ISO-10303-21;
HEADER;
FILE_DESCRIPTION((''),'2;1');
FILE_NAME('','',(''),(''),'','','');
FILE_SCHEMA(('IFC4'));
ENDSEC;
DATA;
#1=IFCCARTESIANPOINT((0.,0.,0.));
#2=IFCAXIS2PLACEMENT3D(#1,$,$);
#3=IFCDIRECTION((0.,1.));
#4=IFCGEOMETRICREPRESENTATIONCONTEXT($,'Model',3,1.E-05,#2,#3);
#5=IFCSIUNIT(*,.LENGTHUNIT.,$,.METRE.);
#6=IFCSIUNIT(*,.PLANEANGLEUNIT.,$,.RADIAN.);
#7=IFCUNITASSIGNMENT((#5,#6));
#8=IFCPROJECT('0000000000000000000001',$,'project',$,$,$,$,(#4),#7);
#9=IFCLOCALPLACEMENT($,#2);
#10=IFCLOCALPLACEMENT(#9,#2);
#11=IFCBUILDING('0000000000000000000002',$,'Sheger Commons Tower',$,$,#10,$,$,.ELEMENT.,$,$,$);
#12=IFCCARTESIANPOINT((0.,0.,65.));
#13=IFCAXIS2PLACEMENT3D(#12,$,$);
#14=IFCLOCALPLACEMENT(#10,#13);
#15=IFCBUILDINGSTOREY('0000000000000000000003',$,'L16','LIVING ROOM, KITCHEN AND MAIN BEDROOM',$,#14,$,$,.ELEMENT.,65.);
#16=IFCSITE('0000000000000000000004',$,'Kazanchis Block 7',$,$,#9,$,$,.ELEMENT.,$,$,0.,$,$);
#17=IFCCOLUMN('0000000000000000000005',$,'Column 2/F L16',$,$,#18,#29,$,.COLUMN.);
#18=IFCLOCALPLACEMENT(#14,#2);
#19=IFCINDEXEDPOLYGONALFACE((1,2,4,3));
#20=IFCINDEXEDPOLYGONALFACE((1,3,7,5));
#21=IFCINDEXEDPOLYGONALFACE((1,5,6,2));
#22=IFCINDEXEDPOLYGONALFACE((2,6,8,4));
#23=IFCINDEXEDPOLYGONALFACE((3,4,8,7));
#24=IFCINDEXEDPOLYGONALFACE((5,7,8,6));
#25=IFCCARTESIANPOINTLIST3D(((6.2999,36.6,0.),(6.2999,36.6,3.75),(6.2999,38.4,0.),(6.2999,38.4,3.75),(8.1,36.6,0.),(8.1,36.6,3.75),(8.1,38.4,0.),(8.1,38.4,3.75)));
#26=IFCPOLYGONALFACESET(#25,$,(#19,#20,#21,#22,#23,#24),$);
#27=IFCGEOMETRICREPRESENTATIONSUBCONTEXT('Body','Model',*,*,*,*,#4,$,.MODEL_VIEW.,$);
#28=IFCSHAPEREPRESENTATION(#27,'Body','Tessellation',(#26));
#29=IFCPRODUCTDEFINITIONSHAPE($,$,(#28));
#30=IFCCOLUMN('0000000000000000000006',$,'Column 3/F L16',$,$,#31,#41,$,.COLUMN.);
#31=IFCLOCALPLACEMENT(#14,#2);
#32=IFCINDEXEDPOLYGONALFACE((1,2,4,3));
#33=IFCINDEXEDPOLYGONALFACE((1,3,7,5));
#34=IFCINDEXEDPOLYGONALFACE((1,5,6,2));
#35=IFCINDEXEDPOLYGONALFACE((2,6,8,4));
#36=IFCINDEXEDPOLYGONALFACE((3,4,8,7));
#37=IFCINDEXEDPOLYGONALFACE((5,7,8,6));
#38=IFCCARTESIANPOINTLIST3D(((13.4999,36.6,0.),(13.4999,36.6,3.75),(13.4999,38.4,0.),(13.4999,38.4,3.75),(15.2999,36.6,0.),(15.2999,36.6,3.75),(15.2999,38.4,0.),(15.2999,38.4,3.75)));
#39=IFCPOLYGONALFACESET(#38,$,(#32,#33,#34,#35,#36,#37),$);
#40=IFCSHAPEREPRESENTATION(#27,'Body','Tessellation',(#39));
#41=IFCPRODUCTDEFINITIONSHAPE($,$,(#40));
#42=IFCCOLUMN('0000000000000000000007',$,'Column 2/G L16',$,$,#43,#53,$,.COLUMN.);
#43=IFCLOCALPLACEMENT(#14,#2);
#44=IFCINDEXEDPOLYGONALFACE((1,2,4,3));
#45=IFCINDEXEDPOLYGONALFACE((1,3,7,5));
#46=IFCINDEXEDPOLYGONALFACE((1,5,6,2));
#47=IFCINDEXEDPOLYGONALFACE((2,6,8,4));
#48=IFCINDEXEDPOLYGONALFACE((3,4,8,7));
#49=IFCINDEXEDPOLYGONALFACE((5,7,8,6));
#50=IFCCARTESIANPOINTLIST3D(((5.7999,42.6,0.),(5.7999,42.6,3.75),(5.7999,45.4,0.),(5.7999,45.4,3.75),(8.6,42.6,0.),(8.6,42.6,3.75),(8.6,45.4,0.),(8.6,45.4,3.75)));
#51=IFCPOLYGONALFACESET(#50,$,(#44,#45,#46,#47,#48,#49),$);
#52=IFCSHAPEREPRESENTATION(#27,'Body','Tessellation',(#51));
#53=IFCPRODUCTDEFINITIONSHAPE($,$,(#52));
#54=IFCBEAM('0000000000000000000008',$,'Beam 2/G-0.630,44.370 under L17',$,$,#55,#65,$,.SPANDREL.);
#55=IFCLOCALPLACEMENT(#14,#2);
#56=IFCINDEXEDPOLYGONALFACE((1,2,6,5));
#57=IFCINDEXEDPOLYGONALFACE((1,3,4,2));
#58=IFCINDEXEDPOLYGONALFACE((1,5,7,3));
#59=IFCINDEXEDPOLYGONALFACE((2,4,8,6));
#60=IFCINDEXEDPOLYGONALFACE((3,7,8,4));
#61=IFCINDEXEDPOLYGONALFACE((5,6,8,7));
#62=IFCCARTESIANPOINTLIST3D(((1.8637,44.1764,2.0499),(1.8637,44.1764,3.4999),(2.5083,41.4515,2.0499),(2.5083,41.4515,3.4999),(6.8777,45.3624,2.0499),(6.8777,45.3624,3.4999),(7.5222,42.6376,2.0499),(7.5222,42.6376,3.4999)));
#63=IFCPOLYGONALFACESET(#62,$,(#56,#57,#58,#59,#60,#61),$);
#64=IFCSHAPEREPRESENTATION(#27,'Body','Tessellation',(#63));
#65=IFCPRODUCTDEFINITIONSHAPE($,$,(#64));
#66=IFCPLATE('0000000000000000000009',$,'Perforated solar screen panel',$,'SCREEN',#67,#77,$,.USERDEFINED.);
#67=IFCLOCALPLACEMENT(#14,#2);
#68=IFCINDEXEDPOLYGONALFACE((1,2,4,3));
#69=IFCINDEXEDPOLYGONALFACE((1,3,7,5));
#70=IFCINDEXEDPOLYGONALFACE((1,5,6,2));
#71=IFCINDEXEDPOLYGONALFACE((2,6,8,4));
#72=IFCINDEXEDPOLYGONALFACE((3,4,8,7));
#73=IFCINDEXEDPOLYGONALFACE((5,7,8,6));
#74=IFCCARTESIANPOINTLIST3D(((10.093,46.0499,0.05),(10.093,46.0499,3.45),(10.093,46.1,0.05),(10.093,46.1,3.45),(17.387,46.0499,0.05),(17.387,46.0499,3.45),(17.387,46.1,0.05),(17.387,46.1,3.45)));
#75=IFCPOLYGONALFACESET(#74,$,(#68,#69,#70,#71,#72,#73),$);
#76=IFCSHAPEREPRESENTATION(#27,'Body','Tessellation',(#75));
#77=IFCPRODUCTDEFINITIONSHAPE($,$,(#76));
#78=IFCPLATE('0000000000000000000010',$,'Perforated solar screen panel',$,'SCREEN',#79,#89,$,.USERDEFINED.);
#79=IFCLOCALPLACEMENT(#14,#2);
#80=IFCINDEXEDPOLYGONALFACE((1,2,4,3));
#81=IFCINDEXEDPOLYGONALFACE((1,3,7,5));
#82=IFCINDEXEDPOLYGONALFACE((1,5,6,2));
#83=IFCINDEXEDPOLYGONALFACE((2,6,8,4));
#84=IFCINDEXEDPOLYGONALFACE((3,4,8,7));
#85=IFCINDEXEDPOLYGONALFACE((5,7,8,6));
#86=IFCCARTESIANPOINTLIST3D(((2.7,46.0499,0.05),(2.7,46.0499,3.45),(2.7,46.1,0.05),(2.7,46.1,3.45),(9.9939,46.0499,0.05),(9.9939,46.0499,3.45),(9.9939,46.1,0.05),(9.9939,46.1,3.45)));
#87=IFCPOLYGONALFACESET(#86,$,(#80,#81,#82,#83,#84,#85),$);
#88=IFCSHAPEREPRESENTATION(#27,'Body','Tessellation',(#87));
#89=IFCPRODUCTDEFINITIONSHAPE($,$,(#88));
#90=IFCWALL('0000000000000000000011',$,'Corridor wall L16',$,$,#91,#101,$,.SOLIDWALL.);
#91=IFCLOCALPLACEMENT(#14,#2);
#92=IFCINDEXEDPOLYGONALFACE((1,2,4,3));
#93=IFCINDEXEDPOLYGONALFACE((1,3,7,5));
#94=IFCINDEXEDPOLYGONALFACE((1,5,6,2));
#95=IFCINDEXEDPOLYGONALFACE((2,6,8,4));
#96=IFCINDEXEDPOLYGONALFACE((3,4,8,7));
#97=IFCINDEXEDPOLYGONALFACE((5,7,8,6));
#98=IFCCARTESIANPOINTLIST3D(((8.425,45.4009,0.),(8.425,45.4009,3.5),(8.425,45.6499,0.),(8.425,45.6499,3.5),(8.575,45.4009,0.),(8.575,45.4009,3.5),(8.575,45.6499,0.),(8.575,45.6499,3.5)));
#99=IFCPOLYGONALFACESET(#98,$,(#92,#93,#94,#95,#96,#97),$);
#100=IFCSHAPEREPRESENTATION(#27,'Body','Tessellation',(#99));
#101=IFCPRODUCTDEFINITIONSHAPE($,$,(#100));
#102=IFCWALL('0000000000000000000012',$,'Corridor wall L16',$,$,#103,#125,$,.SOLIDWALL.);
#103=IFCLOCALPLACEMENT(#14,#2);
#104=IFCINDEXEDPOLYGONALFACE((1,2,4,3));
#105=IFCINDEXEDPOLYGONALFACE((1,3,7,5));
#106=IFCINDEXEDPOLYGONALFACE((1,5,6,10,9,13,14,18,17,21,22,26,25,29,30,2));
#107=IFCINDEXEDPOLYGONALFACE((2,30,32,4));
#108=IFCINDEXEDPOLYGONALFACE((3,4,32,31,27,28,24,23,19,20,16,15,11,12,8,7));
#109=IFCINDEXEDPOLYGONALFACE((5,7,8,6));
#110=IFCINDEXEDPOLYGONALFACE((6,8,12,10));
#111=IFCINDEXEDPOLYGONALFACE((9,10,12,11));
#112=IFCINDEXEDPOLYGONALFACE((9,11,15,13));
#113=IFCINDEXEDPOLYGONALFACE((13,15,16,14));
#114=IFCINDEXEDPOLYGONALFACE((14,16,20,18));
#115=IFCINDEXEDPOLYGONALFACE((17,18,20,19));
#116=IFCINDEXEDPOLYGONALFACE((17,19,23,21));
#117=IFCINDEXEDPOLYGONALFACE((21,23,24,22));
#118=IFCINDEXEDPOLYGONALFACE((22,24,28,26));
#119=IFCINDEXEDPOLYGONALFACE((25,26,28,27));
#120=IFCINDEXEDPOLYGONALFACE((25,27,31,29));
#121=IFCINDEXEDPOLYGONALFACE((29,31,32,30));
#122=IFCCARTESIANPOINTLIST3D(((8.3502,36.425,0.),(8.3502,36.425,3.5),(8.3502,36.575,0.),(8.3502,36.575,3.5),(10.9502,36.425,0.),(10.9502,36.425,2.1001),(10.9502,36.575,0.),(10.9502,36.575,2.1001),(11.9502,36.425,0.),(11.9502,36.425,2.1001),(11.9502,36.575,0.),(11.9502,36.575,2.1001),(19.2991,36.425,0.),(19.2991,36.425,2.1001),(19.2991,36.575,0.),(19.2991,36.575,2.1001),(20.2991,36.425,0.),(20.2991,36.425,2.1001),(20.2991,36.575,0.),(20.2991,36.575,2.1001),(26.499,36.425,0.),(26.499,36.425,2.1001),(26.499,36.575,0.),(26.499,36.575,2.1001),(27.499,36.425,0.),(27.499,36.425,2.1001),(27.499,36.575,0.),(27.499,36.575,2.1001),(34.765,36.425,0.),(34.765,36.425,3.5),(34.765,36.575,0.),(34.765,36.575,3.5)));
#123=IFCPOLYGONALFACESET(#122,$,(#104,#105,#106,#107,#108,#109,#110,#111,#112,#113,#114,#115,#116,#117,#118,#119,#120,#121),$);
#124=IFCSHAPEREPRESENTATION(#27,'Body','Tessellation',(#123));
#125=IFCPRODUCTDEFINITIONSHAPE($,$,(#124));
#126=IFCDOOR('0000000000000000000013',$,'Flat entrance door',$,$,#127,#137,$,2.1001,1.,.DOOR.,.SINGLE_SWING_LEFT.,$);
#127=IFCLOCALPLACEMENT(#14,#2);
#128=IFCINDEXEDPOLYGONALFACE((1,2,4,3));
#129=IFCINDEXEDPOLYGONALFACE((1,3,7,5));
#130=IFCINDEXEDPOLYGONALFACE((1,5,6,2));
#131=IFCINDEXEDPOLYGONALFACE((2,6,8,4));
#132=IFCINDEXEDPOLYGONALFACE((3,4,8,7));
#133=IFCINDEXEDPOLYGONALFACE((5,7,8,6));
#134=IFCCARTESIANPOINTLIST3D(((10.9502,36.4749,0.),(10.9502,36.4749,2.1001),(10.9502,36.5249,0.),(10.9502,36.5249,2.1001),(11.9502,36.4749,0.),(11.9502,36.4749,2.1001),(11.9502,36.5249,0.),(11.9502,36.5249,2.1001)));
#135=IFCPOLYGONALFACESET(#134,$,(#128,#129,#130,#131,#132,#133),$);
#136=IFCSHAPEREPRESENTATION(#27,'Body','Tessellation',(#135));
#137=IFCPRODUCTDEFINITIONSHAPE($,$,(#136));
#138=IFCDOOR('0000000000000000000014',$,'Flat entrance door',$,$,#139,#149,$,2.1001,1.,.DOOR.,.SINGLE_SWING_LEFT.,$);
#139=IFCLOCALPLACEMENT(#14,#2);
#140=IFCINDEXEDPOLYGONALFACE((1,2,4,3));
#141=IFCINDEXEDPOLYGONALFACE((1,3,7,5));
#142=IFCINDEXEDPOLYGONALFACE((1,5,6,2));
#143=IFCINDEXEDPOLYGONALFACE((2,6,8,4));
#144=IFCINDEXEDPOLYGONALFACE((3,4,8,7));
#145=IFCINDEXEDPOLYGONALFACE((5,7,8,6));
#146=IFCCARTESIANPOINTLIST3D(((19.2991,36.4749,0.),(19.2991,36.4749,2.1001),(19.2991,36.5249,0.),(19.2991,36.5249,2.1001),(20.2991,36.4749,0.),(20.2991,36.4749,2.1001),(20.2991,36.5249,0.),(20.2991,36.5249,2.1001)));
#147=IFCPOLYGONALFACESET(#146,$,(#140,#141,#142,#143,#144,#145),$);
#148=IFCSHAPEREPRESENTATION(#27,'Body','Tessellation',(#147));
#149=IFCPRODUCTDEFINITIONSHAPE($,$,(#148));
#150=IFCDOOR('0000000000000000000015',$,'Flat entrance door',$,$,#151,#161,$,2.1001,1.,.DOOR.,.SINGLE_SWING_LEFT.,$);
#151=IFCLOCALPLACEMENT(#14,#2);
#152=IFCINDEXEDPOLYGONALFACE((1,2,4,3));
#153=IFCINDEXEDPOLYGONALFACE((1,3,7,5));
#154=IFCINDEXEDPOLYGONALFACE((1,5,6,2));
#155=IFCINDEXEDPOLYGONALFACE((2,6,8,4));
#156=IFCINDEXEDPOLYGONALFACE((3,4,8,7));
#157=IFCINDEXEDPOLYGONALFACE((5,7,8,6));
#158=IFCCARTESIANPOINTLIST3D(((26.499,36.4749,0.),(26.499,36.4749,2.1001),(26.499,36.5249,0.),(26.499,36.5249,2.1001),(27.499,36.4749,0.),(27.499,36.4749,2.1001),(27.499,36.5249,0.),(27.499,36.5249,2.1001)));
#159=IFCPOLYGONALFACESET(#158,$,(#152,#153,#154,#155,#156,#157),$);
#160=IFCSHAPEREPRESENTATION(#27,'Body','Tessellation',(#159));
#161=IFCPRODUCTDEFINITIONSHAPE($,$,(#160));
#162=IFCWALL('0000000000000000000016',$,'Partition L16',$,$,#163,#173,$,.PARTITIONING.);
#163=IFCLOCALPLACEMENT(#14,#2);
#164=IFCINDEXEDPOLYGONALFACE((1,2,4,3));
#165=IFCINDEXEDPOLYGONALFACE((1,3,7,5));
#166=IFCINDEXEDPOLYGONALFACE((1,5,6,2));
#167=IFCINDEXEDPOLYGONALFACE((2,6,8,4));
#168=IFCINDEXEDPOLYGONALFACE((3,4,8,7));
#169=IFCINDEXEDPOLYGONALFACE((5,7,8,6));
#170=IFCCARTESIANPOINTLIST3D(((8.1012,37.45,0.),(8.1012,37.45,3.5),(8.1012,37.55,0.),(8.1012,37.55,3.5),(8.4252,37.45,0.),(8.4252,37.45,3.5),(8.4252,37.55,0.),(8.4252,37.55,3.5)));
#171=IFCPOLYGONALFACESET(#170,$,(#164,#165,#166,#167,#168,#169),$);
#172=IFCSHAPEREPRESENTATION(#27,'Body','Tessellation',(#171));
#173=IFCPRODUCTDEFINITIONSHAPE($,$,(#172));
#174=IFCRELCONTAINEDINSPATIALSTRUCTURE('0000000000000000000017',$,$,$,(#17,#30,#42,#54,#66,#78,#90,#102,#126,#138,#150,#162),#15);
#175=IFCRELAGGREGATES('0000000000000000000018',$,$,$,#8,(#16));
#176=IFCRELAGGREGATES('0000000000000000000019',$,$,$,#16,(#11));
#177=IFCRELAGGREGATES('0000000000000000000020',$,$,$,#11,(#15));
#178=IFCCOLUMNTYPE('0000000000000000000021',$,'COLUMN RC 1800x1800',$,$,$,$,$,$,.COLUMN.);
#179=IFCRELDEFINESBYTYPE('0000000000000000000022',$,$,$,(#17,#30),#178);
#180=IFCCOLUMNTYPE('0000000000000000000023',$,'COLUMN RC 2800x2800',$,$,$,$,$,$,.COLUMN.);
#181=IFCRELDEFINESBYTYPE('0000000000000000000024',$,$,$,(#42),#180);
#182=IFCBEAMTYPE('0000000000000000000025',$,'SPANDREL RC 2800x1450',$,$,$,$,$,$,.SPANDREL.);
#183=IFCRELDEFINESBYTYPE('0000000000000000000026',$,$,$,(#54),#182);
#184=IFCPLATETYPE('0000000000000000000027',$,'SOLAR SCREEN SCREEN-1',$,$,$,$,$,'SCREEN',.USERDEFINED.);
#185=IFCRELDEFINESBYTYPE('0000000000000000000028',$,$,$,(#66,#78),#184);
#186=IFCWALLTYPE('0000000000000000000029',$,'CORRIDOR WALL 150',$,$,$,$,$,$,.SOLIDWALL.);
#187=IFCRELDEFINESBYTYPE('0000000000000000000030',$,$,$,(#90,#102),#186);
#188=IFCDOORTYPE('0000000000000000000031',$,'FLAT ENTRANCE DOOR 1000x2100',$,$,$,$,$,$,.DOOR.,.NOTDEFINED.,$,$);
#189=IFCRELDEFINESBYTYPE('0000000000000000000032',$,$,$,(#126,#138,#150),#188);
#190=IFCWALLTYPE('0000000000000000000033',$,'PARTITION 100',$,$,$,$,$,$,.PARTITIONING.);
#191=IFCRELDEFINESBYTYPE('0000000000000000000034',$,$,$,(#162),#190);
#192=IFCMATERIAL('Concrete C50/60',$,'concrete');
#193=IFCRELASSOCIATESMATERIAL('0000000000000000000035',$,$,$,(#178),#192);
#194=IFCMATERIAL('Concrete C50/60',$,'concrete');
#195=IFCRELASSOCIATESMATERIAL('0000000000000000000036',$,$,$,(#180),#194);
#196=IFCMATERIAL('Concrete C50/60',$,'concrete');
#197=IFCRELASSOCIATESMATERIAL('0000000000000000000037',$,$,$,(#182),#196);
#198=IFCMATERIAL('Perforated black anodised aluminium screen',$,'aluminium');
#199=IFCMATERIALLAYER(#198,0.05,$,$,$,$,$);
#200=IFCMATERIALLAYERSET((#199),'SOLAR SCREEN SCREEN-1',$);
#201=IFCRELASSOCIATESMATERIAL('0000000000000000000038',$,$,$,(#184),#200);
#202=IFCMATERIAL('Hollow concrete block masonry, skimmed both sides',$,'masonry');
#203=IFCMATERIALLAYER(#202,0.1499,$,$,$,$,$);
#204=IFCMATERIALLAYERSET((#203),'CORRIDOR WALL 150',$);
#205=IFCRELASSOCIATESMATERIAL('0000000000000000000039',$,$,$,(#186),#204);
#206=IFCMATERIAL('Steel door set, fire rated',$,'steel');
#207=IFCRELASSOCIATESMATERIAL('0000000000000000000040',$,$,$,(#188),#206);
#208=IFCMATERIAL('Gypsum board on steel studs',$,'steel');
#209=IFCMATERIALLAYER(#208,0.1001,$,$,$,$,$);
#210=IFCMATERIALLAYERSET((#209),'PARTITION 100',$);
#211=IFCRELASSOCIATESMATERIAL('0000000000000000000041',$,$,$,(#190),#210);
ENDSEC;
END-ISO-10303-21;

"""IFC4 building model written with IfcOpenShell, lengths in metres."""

from ifc_helpers import new_model, si_unit, direction, frame, frame_2d, origin, origin_2d, place, context, subcontext, project, spatial, rectangle, extrude, material, layer, layer_set, material_profile, profile_set, type_object, element, fill, save


model = new_model("IFC4")

# Units and contexts
model_context = context("Model", 3, precision=1e-05, world=origin(), true_north=direction((0.0, 1.0)))
body_context = subcontext(model_context, "Body", "Model", "MODEL_VIEW")
ifc_project = project(units=[si_unit("LENGTHUNIT", "METRE"), si_unit("PLANEANGLEUNIT", "RADIAN")], contexts=[model_context])

# Site, building, storey
site_placement = place(None, origin())
site = spatial("IfcSite", under=ifc_project, at=site_placement, Name="Kazanchis Block 7", CompositionType="ELEMENT", RefElevation=0.0)
building_placement = place(site_placement, origin())
building = spatial("IfcBuilding", under=site, at=building_placement, Name="Sheger Commons Tower", CompositionType="ELEMENT")
storey_placement = place(building_placement, frame((0.0, 0.0, 65.0)))
storey = spatial("IfcBuildingStorey", under=building, at=storey_placement, Name="L16", Description="LIVING ROOM, KITCHEN AND MAIN BEDROOM", CompositionType="ELEMENT", Elevation=65.0)

# Columns
ifc_material_1 = material(Name="Concrete C50/60", Category="concrete")
ifc_material_profile_1 = material_profile(ifc_material_1, rectangle(XDim=1.8, YDim=1.8, at=origin_2d()), Name="RC 1800x1800")
ifc_profile_set_1 = profile_set([ifc_material_profile_1], Name="Concrete C50/60")
column_type_1 = type_object("IfcColumnType", Name="COLUMN RC 1800x1800", PredefinedType="COLUMN", material=ifc_profile_set_1)
for number, where, z_axis, x_axis, name in (
    (1, (7.2, 37.5, 0.0), (0.0, 0.0, 1.0), (1.0, 0.0, 0.0), "Column 2/F L16"),
    (2, (14.3999, 37.5, 0.0), (0.0, 0.0, 1.0), (1.0, 0.0, 0.0), "Column 3/F L16"),
):
    element("IfcColumn", number, at=place(storey_placement, frame(where, z_axis=z_axis, x_axis=x_axis)), inside=storey, type_object=column_type_1, Name=name, PredefinedType="COLUMN", context=body_context, shape_type="SweptSolid", body=[
        extrude(rectangle(XDim=1.8, YDim=1.8, at=origin_2d()), origin(), (0.0, 0.0, 1.0), 3.75),
    ])
ifc_material_2 = material(Name="Concrete C50/60", Category="concrete")
ifc_material_profile_2 = material_profile(ifc_material_2, rectangle(XDim=2.8, YDim=2.8, at=origin_2d()), Name="RC 2800x2800")
ifc_profile_set_2 = profile_set([ifc_material_profile_2], Name="Concrete C50/60")
column_type_2 = type_object("IfcColumnType", Name="COLUMN RC 2800x2800", PredefinedType="COLUMN", material=ifc_profile_set_2)
column_placement = place(storey_placement, frame((7.2, 44.0, 0.0), z_axis=(0.0, 0.0, 1.0), x_axis=(1.0, 0.0, 0.0)))
element("IfcColumn", 3, at=column_placement, inside=storey, type_object=column_type_2, Name="Column 2/G L16", PredefinedType="COLUMN", context=body_context, shape_type="SweptSolid", body=[
    extrude(rectangle(XDim=2.8, YDim=2.8, at=origin_2d()), origin(), (0.0, 0.0, 1.0), 3.75),
])

# Beam
ifc_material_3 = material(Name="Concrete C50/60", Category="concrete")
ifc_material_profile_3 = material_profile(ifc_material_3, rectangle(XDim=2.8, YDim=1.45, at=origin_2d()), Name="RC 2800x1450")
ifc_profile_set_3 = profile_set([ifc_material_profile_3], Name="Concrete C50/60")
beam_type = type_object("IfcBeamType", Name="SPANDREL RC 2800x1450", PredefinedType="SPANDREL", material=ifc_profile_set_3)
beam_placement = place(storey_placement, frame((7.2, 44.0, 2.7749), z_axis=(-0.973144, -0.230196, 0.0), x_axis=(0.230196, -0.973144, 0.0)))
element("IfcBeam", 4, at=beam_placement, inside=storey, type_object=beam_type, Name="Beam 2/G-0.630,44.370 under L17", PredefinedType="SPANDREL", context=body_context, shape_type="SweptSolid", body=[
    extrude(rectangle(XDim=2.8, YDim=1.45, at=origin_2d()), origin(), (0.0, 0.0, 1.0), 5.1523),
])

# Plates
ifc_material_4 = material(Name="Perforated black anodised aluminium screen", Category="aluminium")
ifc_layer_1 = layer(ifc_material_4, 0.05)
ifc_layer_set_1 = layer_set([ifc_layer_1], Name="SOLAR SCREEN SCREEN-1")
plate_type = type_object("IfcPlateType", Name="SOLAR SCREEN SCREEN-1", ElementType="SCREEN", PredefinedType="USERDEFINED", material=ifc_layer_set_1)
for number, where, z_axis, x_axis, name in (
    (5, (13.74, 46.075, 0.05), (0.0, 0.0, 1.0), (-1.0, 0.0, 0.0), "Perforated solar screen panel"),
    (6, (6.3469, 46.075, 0.05), (0.0, 0.0, 1.0), (-1.0, 0.0, 0.0), "Perforated solar screen panel"),
):
    element("IfcPlate", number, at=place(storey_placement, frame(where, z_axis=z_axis, x_axis=x_axis)), inside=storey, type_object=plate_type, Name=name, ObjectType="SCREEN", PredefinedType="USERDEFINED", context=body_context, shape_type="SweptSolid", body=[
        extrude(rectangle(XDim=7.2939, YDim=0.05, at=origin_2d()), origin(), (0.0, 0.0, 1.0), 3.3999),
    ])

# Wall
ifc_material_5 = material(Name="Hollow concrete block masonry, skimmed both sides", Category="masonry")
ifc_layer_2 = layer(ifc_material_5, 0.1499)
ifc_layer_set_2 = layer_set([ifc_layer_2], Name="CORRIDOR WALL 150")
wall_type_1 = type_object("IfcWallType", Name="CORRIDOR WALL 150", PredefinedType="SOLIDWALL", material=ifc_layer_set_2)
wall_1_placement = place(storey_placement, frame((8.5, 45.4009, 0.0), z_axis=(0.0, 0.0, 1.0), x_axis=(0.0, 1.0, 0.0)))
element("IfcWall", 7, at=wall_1_placement, inside=storey, type_object=wall_type_1, Name="Corridor wall L16", PredefinedType="SOLIDWALL", context=body_context, shape_type="SweptSolid", body=[
    extrude(rectangle(XDim=0.249, YDim=0.1499, at=frame_2d((0.1245, 0.0))), origin(), (0.0, 0.0, 1.0), 3.5),
])

# Wall, openings, doors
wall_2_placement = place(storey_placement, frame((8.3501, 36.5, 0.0), z_axis=(0.0, 0.0, 1.0), x_axis=(1.0, 0.0, 0.0)))
wall_2 = element("IfcWall", 8, at=wall_2_placement, inside=storey, type_object=wall_type_1, Name="Corridor wall L16", PredefinedType="SOLIDWALL", context=body_context, shape_type="SweptSolid", body=[
    extrude(rectangle(XDim=26.4148, YDim=0.1499, at=frame_2d((13.2075, 0.0))), origin(), (0.0, 0.0, 1.0), 3.5),
])
opening_1_placement = place(wall_2_placement, frame((2.6001, 0.0, 0.0)))
opening_1 = element("IfcOpeningElement", 9, at=opening_1_placement, cuts=wall_2, PredefinedType="OPENING", context=body_context, shape_type="SweptSolid", body=[
    extrude(rectangle(XDim=1.0, YDim=2.1001, at=frame_2d((0.5, 1.05))), frame((0.0, 0.085, 0.0), z_axis=(0.0, -1.0, 0.0), x_axis=(1.0, 0.0, 0.0)), (0.0, 0.0, 1.0), 0.1699),
])
opening_2_placement = place(wall_2_placement, frame((10.949, 0.0, 0.0)))
opening_2 = element("IfcOpeningElement", 10, at=opening_2_placement, cuts=wall_2, PredefinedType="OPENING", context=body_context, shape_type="SweptSolid", body=[
    extrude(rectangle(XDim=1.0, YDim=2.1001, at=frame_2d((0.5, 1.05))), frame((0.0, 0.085, 0.0), z_axis=(0.0, -1.0, 0.0), x_axis=(1.0, 0.0, 0.0)), (0.0, 0.0, 1.0), 0.1699),
])
opening_3_placement = place(wall_2_placement, frame((18.1489, 0.0, 0.0)))
opening_3 = element("IfcOpeningElement", 11, at=opening_3_placement, cuts=wall_2, PredefinedType="OPENING", context=body_context, shape_type="SweptSolid", body=[
    extrude(rectangle(XDim=1.0, YDim=2.1001, at=frame_2d((0.5, 1.05))), frame((0.0, 0.085, 0.0), z_axis=(0.0, -1.0, 0.0), x_axis=(1.0, 0.0, 0.0)), (0.0, 0.0, 1.0), 0.1699),
])
ifc_material_6 = material(Name="Steel door set, fire rated", Category="steel")
door_type_1 = type_object("IfcDoorType", Name="FLAT ENTRANCE DOOR 1000x2100", OperationType="NOTDEFINED", PredefinedType="DOOR", material=ifc_material_6)
door_1_placement = place(opening_1_placement, origin())
door_1 = element("IfcDoor", 12, at=door_1_placement, inside=storey, type_object=door_type_1, Name="Flat entrance door", OperationType="SINGLE_SWING_LEFT", OverallHeight=2.1001, OverallWidth=1.0, PredefinedType="DOOR", context=body_context, shape_type="SweptSolid", body=[
    extrude(rectangle(XDim=1.0, YDim=2.1001, at=frame_2d((0.5, 1.05))), frame((0.0, 0.0249, 0.0), z_axis=(0.0, -1.0, 0.0), x_axis=(1.0, 0.0, 0.0)), (0.0, 0.0, 1.0), 0.05),
])
fill(opening_1, door_1)
door_2_placement = place(opening_2_placement, origin())
door_2 = element("IfcDoor", 13, at=door_2_placement, inside=storey, type_object=door_type_1, Name="Flat entrance door", OperationType="SINGLE_SWING_LEFT", OverallHeight=2.1001, OverallWidth=1.0, PredefinedType="DOOR", context=body_context, shape_type="SweptSolid", body=[
    extrude(rectangle(XDim=1.0, YDim=2.1001, at=frame_2d((0.5, 1.05))), frame((0.0, 0.0249, 0.0), z_axis=(0.0, -1.0, 0.0), x_axis=(1.0, 0.0, 0.0)), (0.0, 0.0, 1.0), 0.05),
])
fill(opening_2, door_2)
door_3_placement = place(opening_3_placement, origin())
door_3 = element("IfcDoor", 14, at=door_3_placement, inside=storey, type_object=door_type_1, Name="Flat entrance door", OperationType="SINGLE_SWING_LEFT", OverallHeight=2.1001, OverallWidth=1.0, PredefinedType="DOOR", context=body_context, shape_type="SweptSolid", body=[
    extrude(rectangle(XDim=1.0, YDim=2.1001, at=frame_2d((0.5, 1.05))), frame((0.0, 0.0249, 0.0), z_axis=(0.0, -1.0, 0.0), x_axis=(1.0, 0.0, 0.0)), (0.0, 0.0, 1.0), 0.05),
])
fill(opening_3, door_3)

# Wall
ifc_material_7 = material(Name="Gypsum board on steel studs", Category="steel")
ifc_layer_3 = layer(ifc_material_7, 0.1001)
ifc_layer_set_3 = layer_set([ifc_layer_3], Name="PARTITION 100")
wall_type_2 = type_object("IfcWallType", Name="PARTITION 100", PredefinedType="PARTITIONING", material=ifc_layer_set_3)
wall_3_placement = place(storey_placement, frame((8.1011, 37.5, 0.0), z_axis=(0.0, 0.0, 1.0), x_axis=(1.0, 0.0, 0.0)))
element("IfcWall", 15, at=wall_3_placement, inside=storey, type_object=wall_type_2, Name="Partition L16", PredefinedType="PARTITIONING", context=body_context, shape_type="SweptSolid", body=[
    extrude(rectangle(XDim=0.324, YDim=0.1001, at=frame_2d((0.1621, 0.0))), origin(), (0.0, 0.0, 1.0), 3.5),
])

save(model, "model.ifc")
